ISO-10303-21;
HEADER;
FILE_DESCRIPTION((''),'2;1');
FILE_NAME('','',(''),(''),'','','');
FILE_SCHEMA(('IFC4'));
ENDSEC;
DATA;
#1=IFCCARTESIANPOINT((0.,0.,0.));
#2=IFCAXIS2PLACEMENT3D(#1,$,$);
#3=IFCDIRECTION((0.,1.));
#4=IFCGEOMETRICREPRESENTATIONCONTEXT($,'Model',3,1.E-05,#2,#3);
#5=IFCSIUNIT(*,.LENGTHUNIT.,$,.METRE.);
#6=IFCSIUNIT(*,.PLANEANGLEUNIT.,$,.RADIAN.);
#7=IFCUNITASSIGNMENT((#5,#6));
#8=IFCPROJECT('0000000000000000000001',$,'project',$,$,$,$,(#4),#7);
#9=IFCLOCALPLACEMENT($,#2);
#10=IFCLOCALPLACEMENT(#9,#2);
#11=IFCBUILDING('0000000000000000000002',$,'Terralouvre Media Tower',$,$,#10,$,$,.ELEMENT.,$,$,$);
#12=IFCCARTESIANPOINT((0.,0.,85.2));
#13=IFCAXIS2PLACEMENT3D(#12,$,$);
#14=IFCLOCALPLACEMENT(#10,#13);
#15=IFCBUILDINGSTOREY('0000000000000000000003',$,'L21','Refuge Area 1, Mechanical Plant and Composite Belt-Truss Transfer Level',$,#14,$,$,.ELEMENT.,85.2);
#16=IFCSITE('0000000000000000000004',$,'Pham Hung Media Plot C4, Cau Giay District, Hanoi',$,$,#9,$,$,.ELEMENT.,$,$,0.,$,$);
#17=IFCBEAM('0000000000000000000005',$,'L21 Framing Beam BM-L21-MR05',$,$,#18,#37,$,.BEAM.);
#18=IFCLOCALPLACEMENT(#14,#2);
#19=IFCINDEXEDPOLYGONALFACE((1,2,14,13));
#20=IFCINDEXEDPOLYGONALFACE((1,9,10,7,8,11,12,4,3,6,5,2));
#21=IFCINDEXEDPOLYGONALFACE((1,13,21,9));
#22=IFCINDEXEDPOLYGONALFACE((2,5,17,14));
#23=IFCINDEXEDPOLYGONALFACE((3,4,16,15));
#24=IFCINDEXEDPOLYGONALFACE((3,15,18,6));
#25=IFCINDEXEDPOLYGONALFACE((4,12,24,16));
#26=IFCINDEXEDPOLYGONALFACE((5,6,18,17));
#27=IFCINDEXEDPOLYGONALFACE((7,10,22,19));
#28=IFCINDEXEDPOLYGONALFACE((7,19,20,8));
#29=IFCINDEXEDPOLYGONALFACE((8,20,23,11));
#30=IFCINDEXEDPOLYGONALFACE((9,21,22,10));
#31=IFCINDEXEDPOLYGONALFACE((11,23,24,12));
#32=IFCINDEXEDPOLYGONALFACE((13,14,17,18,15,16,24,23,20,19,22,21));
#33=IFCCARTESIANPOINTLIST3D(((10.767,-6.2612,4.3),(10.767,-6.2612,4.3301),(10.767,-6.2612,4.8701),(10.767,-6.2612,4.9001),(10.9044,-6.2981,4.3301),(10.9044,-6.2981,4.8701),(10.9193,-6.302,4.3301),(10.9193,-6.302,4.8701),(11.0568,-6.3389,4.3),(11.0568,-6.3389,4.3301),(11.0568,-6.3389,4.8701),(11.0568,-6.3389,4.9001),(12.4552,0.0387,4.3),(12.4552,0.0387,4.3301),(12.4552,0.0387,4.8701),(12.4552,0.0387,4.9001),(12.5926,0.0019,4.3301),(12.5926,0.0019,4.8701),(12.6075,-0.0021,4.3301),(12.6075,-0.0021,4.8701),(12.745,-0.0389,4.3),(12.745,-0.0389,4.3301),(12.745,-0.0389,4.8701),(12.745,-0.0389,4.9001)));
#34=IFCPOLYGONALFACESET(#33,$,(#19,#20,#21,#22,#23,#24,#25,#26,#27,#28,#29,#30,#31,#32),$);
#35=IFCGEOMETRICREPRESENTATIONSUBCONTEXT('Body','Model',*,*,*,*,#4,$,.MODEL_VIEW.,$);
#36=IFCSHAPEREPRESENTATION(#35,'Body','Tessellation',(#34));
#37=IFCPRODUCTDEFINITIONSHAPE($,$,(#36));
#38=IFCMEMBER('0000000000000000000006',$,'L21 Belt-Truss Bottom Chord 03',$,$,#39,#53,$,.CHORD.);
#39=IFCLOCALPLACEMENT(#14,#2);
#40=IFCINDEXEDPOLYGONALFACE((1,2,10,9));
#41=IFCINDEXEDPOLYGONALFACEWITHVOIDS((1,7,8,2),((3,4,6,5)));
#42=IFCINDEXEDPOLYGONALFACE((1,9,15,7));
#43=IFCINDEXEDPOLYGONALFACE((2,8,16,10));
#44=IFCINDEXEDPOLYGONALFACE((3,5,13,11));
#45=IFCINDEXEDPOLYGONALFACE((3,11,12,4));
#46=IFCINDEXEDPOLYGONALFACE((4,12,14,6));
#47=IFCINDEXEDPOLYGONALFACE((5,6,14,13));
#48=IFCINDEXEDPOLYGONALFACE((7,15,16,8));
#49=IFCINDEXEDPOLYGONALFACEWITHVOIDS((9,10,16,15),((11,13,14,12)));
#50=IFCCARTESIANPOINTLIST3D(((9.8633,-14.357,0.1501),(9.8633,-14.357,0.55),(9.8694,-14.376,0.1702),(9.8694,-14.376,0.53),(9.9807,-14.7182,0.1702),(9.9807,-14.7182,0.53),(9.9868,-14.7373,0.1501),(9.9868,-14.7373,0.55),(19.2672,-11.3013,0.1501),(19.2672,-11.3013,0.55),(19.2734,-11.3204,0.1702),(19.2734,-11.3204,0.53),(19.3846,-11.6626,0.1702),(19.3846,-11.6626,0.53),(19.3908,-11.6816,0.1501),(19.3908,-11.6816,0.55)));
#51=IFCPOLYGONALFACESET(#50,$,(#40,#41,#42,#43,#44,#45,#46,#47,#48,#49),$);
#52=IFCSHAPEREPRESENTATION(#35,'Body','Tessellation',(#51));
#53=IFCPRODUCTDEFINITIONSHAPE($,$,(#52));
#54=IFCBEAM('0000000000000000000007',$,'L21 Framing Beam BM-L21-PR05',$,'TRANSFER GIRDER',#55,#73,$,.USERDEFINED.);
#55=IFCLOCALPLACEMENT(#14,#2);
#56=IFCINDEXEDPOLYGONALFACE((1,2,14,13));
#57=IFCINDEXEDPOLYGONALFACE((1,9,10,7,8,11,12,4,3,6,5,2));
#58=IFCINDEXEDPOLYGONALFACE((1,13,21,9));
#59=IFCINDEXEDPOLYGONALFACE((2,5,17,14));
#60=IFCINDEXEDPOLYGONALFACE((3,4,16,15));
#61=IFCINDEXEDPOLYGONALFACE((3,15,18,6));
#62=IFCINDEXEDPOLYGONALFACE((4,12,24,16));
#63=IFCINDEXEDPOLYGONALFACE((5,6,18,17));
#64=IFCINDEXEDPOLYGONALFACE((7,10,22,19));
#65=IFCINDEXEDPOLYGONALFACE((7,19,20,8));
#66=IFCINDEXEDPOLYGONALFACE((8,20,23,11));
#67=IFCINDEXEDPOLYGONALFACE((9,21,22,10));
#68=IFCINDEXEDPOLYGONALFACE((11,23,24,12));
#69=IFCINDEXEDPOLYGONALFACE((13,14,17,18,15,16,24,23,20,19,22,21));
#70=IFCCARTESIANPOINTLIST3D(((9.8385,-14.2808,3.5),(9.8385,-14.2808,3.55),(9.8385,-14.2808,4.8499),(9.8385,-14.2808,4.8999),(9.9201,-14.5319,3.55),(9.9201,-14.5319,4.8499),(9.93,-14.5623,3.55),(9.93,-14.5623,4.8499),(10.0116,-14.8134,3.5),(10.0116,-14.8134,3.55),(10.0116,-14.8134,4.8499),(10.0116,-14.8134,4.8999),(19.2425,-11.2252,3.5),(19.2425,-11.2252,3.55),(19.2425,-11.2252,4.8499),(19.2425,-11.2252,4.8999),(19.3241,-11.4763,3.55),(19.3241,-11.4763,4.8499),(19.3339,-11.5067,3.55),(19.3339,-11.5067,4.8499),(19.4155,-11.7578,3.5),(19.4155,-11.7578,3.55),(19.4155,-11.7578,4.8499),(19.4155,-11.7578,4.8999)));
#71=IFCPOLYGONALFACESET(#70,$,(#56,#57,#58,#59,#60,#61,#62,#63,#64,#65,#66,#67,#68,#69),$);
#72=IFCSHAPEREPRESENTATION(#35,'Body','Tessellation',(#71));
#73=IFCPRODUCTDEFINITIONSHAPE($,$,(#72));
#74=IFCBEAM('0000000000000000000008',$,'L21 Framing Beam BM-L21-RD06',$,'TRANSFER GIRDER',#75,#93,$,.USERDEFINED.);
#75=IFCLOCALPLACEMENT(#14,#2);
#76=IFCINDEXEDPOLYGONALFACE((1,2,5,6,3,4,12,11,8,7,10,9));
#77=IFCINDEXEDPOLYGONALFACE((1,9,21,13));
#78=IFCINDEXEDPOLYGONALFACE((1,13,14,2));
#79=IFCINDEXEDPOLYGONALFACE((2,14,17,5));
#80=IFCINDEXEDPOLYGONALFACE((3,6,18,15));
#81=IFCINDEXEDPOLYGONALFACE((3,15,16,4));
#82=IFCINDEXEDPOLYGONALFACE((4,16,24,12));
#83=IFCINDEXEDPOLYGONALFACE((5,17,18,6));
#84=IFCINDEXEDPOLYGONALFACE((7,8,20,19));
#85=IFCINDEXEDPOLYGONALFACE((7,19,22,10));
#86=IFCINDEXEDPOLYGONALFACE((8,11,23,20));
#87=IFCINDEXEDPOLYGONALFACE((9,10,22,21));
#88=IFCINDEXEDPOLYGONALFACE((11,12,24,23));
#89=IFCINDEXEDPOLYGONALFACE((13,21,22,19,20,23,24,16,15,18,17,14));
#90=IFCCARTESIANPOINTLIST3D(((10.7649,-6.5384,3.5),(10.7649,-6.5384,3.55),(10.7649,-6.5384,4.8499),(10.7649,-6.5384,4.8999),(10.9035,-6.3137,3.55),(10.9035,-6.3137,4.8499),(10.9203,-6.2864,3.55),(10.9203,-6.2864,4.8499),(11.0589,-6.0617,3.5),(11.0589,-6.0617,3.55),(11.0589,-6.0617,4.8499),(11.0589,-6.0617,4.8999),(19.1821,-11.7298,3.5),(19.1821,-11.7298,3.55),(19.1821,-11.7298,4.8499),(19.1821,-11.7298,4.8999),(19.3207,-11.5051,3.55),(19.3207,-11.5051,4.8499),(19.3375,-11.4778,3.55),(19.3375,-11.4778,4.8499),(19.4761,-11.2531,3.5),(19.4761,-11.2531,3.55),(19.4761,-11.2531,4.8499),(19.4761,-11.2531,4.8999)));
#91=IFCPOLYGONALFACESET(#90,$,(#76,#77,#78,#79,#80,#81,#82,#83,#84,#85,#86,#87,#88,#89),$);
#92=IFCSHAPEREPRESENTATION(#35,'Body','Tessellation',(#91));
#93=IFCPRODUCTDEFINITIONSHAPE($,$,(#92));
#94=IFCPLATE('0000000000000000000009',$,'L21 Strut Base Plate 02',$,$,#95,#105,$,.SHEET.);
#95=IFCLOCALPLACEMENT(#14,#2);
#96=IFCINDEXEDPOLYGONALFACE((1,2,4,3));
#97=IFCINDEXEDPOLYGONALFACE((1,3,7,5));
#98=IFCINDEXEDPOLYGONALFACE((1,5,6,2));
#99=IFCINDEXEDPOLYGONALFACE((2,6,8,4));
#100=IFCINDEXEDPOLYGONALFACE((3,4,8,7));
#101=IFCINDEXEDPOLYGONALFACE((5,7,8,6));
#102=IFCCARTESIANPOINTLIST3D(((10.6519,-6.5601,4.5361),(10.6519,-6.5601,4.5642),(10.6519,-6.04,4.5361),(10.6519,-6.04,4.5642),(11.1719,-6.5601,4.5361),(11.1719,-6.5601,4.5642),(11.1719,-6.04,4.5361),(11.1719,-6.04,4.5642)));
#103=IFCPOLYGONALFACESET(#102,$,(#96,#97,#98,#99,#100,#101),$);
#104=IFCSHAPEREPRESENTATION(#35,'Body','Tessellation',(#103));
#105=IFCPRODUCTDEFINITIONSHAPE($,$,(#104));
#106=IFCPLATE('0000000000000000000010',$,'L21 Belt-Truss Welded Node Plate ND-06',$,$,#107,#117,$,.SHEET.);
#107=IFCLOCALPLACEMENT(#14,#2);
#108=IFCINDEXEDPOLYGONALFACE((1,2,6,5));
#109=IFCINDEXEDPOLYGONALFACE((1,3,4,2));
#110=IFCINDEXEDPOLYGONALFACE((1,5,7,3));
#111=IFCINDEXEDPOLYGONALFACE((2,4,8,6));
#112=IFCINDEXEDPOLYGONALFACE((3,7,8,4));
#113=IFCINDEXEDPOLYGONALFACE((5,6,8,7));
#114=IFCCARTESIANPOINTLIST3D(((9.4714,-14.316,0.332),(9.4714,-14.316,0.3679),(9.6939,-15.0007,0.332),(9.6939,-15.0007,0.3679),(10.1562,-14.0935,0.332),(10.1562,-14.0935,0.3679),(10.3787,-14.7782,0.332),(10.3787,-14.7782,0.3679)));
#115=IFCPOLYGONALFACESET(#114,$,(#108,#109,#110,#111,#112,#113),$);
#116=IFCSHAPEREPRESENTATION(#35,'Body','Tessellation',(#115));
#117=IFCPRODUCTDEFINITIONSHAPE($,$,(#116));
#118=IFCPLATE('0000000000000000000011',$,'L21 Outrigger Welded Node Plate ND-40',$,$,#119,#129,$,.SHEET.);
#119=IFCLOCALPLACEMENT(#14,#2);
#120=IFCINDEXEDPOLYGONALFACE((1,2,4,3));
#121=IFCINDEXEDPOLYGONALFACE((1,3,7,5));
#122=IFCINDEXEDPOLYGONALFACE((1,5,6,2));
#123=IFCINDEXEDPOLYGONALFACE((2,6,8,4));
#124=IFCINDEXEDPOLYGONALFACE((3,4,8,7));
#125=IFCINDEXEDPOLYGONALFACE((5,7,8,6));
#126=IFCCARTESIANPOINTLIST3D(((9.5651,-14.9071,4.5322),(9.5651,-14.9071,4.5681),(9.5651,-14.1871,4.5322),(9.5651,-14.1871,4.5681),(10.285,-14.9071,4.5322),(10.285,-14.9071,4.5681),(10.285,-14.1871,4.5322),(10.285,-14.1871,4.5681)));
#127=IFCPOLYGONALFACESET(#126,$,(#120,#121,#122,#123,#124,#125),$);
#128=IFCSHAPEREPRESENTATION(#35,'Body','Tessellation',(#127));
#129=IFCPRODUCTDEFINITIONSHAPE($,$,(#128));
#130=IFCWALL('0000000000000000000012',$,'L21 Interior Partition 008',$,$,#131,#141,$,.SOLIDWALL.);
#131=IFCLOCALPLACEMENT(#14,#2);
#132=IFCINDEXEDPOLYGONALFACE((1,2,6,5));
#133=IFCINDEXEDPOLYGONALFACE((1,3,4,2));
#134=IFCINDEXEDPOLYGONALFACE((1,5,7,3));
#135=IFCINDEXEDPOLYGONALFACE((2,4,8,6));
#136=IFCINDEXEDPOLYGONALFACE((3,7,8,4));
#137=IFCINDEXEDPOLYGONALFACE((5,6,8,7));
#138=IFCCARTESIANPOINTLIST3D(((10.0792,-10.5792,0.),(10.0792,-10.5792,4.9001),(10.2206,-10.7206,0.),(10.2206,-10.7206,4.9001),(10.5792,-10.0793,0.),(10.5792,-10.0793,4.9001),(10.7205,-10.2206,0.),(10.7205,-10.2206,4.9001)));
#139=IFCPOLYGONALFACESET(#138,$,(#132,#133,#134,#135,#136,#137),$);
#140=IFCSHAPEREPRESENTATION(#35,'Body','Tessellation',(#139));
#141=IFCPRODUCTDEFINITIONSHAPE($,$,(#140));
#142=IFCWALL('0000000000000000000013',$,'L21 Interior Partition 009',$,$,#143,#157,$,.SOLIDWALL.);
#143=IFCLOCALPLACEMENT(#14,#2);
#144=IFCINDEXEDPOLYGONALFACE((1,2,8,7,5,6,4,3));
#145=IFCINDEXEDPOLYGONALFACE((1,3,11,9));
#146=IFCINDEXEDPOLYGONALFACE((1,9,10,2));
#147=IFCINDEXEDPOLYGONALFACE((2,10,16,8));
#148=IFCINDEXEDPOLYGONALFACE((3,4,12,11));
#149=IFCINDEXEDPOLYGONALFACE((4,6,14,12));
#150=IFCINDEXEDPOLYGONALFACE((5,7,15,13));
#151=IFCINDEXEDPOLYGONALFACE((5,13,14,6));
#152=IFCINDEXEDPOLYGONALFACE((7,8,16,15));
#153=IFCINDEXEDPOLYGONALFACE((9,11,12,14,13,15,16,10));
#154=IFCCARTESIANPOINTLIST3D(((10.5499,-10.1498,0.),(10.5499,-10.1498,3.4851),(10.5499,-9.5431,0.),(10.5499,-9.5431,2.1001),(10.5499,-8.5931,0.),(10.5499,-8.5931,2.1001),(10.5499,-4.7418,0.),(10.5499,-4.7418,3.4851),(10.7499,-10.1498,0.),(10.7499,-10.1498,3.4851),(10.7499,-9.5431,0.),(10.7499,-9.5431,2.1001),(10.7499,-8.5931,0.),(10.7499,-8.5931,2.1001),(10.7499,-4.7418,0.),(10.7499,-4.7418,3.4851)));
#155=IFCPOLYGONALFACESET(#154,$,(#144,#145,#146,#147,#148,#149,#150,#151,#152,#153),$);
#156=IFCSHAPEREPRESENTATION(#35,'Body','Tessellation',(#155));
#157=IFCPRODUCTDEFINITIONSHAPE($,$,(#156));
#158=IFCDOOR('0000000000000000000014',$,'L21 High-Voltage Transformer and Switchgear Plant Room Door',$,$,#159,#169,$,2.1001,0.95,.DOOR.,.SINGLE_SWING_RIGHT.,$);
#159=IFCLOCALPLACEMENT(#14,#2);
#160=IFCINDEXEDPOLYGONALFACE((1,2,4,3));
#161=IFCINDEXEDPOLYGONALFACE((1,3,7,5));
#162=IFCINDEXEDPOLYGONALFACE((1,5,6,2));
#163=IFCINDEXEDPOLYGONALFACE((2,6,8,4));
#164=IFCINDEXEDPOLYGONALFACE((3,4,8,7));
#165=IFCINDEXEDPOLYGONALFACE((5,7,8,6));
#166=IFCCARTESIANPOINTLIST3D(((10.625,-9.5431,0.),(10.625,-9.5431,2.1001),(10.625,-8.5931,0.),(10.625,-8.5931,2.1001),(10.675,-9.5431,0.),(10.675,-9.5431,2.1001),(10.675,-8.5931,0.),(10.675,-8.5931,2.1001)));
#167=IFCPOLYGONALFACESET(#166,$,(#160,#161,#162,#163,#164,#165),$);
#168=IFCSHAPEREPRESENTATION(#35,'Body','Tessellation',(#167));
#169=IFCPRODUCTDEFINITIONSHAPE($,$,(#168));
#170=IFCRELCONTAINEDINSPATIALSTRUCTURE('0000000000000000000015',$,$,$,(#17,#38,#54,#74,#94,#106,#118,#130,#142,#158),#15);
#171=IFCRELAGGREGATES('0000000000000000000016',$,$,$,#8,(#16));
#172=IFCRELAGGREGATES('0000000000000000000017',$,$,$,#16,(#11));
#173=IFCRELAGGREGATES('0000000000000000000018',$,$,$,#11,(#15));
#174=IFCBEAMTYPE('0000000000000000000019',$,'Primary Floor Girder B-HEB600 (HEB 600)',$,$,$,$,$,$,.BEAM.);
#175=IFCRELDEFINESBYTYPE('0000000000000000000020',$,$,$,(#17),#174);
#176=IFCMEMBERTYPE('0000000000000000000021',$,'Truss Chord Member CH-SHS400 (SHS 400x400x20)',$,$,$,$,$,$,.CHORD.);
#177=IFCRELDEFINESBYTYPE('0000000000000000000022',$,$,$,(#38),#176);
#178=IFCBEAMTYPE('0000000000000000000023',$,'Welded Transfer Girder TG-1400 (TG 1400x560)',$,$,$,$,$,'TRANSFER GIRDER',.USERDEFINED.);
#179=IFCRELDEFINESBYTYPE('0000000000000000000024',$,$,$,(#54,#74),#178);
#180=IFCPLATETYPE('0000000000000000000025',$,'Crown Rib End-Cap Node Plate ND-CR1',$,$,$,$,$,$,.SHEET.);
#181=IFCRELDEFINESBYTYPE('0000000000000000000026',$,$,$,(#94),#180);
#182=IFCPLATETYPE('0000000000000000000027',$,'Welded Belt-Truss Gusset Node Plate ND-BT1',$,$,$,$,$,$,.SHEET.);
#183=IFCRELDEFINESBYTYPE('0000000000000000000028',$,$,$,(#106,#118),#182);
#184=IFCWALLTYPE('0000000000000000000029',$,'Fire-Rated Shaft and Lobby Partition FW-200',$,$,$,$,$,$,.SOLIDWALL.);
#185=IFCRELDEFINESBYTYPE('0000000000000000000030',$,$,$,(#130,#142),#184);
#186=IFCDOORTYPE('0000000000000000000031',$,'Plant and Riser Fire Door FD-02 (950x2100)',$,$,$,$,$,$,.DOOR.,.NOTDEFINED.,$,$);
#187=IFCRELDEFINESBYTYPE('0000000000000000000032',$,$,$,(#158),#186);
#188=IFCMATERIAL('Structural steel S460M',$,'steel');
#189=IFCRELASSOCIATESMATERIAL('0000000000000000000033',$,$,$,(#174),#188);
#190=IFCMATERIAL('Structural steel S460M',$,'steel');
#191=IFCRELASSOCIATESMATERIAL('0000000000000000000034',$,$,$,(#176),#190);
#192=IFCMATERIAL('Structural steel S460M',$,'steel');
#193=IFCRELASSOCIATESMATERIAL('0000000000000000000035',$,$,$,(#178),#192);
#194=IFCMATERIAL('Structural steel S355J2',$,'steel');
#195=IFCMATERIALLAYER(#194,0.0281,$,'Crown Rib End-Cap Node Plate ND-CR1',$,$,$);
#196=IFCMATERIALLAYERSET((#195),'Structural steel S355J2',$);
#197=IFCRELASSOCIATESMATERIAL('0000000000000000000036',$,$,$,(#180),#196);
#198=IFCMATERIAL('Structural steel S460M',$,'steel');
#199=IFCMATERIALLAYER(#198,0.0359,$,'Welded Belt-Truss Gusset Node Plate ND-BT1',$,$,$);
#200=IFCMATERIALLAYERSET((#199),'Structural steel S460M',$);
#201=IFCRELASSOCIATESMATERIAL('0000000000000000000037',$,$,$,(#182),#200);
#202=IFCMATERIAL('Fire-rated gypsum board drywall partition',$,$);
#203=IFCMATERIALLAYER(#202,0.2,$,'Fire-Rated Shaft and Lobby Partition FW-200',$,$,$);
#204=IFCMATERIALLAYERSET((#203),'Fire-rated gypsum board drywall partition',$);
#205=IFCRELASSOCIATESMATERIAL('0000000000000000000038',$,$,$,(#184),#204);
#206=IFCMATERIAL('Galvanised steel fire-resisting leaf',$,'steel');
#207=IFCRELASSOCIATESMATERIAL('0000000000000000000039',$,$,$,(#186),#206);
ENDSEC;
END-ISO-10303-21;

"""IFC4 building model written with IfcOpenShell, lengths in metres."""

from ifc_helpers import new_model, si_unit, direction, frame, frame_2d, origin, origin_2d, place, context, subcontext, project, spatial, rectangle, hollow_rectangle, i_section, extrude, material, layer, layer_set, material_profile, profile_set, type_object, element, fill, save


model = new_model("IFC4")

# Units and contexts
model_context = context("Model", 3, precision=1e-05, world=origin(), true_north=direction((0.0, 1.0)))
body_context = subcontext(model_context, "Body", "Model", "MODEL_VIEW")
ifc_project = project(units=[si_unit("LENGTHUNIT", "METRE"), si_unit("PLANEANGLEUNIT", "RADIAN")], contexts=[model_context])

# Site, building, storey
site_placement = place(None, origin())
site = spatial("IfcSite", under=ifc_project, at=site_placement, Name="Pham Hung Media Plot C4, Cau Giay District, Hanoi", CompositionType="ELEMENT", RefElevation=0.0)
building_placement = place(site_placement, origin())
building = spatial("IfcBuilding", under=site, at=building_placement, Name="Terralouvre Media Tower", CompositionType="ELEMENT")
storey_placement = place(building_placement, frame((0.0, 0.0, 85.2)))
storey = spatial("IfcBuildingStorey", under=building, at=storey_placement, Name="L21", Description="Refuge Area 1, Mechanical Plant and Composite Belt-Truss Transfer Level", CompositionType="ELEMENT", Elevation=85.2)

# Beam
ifc_material_1 = material(Name="Structural steel S460M", Category="steel")
ifc_material_profile_1 = material_profile(ifc_material_1, i_section(OverallWidth=0.3, OverallDepth=0.6001, WebThickness=0.0154, FlangeThickness=0.03, at=origin_2d()), Name="HEB 600")
ifc_profile_set_1 = profile_set([ifc_material_profile_1], Name="Structural steel S460M")
beam_type_1 = type_object("IfcBeamType", Name="Primary Floor Girder B-HEB600 (HEB 600)", PredefinedType="BEAM", material=ifc_profile_set_1)
beam_1_placement = place(storey_placement, frame((10.9119, -6.3, 4.6001), z_axis=(0.258839, 0.96592, 0.0), x_axis=(-0.96592, 0.258839, 0.0)))
element("IfcBeam", 1, at=beam_1_placement, inside=storey, type_object=beam_type_1, Name="L21 Framing Beam BM-L21-MR05", PredefinedType="BEAM", context=body_context, shape_type="SweptSolid", body=[
    extrude(i_section(OverallWidth=0.3, OverallDepth=0.6001, WebThickness=0.0154, FlangeThickness=0.03, at=origin_2d()), origin(), (0.0, 0.0, 1.0), 6.5222),
])

# Member
ifc_material_2 = material(Name="Structural steel S460M", Category="steel")
ifc_material_profile_2 = material_profile(ifc_material_2, hollow_rectangle(XDim=0.3999, YDim=0.3999, WallThickness=0.02, at=origin_2d()), Name="SHS 400x400x20")
ifc_profile_set_2 = profile_set([ifc_material_profile_2], Name="Structural steel S460M")
member_type_1 = type_object("IfcMemberType", Name="Truss Chord Member CH-SHS400 (SHS 400x400x20)", PredefinedType="CHORD", material=ifc_profile_set_2)
member_1_placement = place(storey_placement, frame((9.925, -14.5471, 0.3501), z_axis=(0.951053, 0.309026, 0.0), x_axis=(-0.309026, 0.951053, 0.0)))
element("IfcMember", 2, at=member_1_placement, inside=storey, type_object=member_type_1, Name="L21 Belt-Truss Bottom Chord 03", PredefinedType="CHORD", context=body_context, shape_type="SweptSolid", body=[
    extrude(hollow_rectangle(XDim=0.3999, YDim=0.3999, WallThickness=0.02, at=origin_2d()), origin(), (0.0, 0.0, 1.0), 9.8879),
])

# Beams
ifc_material_3 = material(Name="Structural steel S460M", Category="steel")
ifc_material_profile_3 = material_profile(ifc_material_3, i_section(OverallWidth=0.5601, OverallDepth=1.3999, WebThickness=0.032, FlangeThickness=0.05, at=origin_2d()), Name="TG 1400x560")
ifc_profile_set_3 = profile_set([ifc_material_profile_3], Name="Structural steel S460M")
beam_type_2 = type_object("IfcBeamType", Name="Welded Transfer Girder TG-1400 (TG 1400x560)", ElementType="TRANSFER GIRDER", PredefinedType="USERDEFINED", material=ifc_profile_set_3)
beam_2_placement = place(storey_placement, frame((9.925, -14.5471, 4.2), z_axis=(0.951053, 0.309026, 0.0), x_axis=(-0.309026, 0.951053, 0.0)))
element("IfcBeam", 3, at=beam_2_placement, inside=storey, type_object=beam_type_2, Name="L21 Framing Beam BM-L21-PR05", ObjectType="TRANSFER GIRDER", PredefinedType="USERDEFINED", context=body_context, shape_type="SweptSolid", body=[
    extrude(i_section(OverallWidth=0.5601, OverallDepth=1.3999, WebThickness=0.032, FlangeThickness=0.05, at=origin_2d()), origin(), (0.0, 0.0, 1.0), 9.8879),
])
beam_3_placement = place(storey_placement, frame((10.9119, -6.3, 4.2), z_axis=(0.851136, -0.524946, 0.0), x_axis=(0.524946, 0.851136, 0.0)))
element("IfcBeam", 4, at=beam_3_placement, inside=storey, type_object=beam_type_2, Name="L21 Framing Beam BM-L21-RD06", ObjectType="TRANSFER GIRDER", PredefinedType="USERDEFINED", context=body_context, shape_type="SweptSolid", body=[
    extrude(i_section(OverallWidth=0.5601, OverallDepth=1.3999, WebThickness=0.032, FlangeThickness=0.05, at=origin_2d()), origin(), (0.0, 0.0, 1.0), 9.8894),
])

# Plates
ifc_material_4 = material(Name="Structural steel S355J2", Category="steel")
ifc_layer_1 = layer(ifc_material_4, 0.0281, Name="Crown Rib End-Cap Node Plate ND-CR1")
ifc_layer_set_1 = layer_set([ifc_layer_1], Name="Structural steel S355J2")
plate_type_1 = type_object("IfcPlateType", Name="Crown Rib End-Cap Node Plate ND-CR1", PredefinedType="SHEET", material=ifc_layer_set_1)
plate_placement = place(storey_placement, frame((10.9119, -6.3, 4.5361), z_axis=(0.0, 0.0, 1.0), x_axis=(1.0, 0.0, 0.0)))
element("IfcPlate", 5, at=plate_placement, inside=storey, type_object=plate_type_1, Name="L21 Strut Base Plate 02", PredefinedType="SHEET", context=body_context, shape_type="SweptSolid", body=[
    extrude(rectangle(XDim=0.52, YDim=0.52, at=origin_2d()), origin(), (0.0, 0.0, 1.0), 0.0281),
])
ifc_material_5 = material(Name="Structural steel S460M", Category="steel")
ifc_layer_2 = layer(ifc_material_5, 0.0359, Name="Welded Belt-Truss Gusset Node Plate ND-BT1")
ifc_layer_set_2 = layer_set([ifc_layer_2], Name="Structural steel S460M")
plate_type_2 = type_object("IfcPlateType", Name="Welded Belt-Truss Gusset Node Plate ND-BT1", PredefinedType="SHEET", material=ifc_layer_set_2)
for number, where, z_axis, x_axis, name in (
    (6, (9.925, -14.5471, 0.332), (0.0, 0.0, 1.0), (0.951057, 0.309017, 0.0), "L21 Belt-Truss Welded Node Plate ND-06"),
    (7, (9.925, -14.5471, 4.5322), (0.0, 0.0, 1.0), (1.0, 0.0, 0.0), "L21 Outrigger Welded Node Plate ND-40"),
):
    element("IfcPlate", number, at=place(storey_placement, frame(where, z_axis=z_axis, x_axis=x_axis)), inside=storey, type_object=plate_type_2, Name=name, PredefinedType="SHEET", context=body_context, shape_type="SweptSolid", body=[
        extrude(rectangle(XDim=0.72, YDim=0.72, at=origin_2d()), origin(), (0.0, 0.0, 1.0), 0.0359),
    ])

# Wall
ifc_material_6 = material(Name="Fire-rated gypsum board drywall partition")
ifc_layer_3 = layer(ifc_material_6, 0.2, Name="Fire-Rated Shaft and Lobby Partition FW-200")
ifc_layer_set_3 = layer_set([ifc_layer_3], Name="Fire-rated gypsum board drywall partition")
wall_type = type_object("IfcWallType", Name="Fire-Rated Shaft and Lobby Partition FW-200", PredefinedType="SOLIDWALL", material=ifc_layer_set_3)
wall_1_placement = place(storey_placement, frame((10.1499, -10.6499, 0.0), z_axis=(0.0, 0.0, 1.0), x_axis=(0.707107, 0.707107, 0.0)))
element("IfcWall", 8, at=wall_1_placement, inside=storey, type_object=wall_type, Name="L21 Interior Partition 008", PredefinedType="SOLIDWALL", context=body_context, shape_type="SweptSolid", body=[
    extrude(rectangle(XDim=0.707, YDim=0.2, at=frame_2d((0.3535, 0.0))), origin(), (0.0, 0.0, 1.0), 4.9001),
])

# Wall, opening, door
wall_2_placement = place(storey_placement, frame((10.6499, -10.1499, 0.0), z_axis=(0.0, 0.0, 1.0), x_axis=(0.0, 1.0, 0.0)))
wall_2 = element("IfcWall", 9, at=wall_2_placement, inside=storey, type_object=wall_type, Name="L21 Interior Partition 009", PredefinedType="SOLIDWALL", context=body_context, shape_type="SweptSolid", body=[
    extrude(rectangle(XDim=5.408, YDim=0.2, at=frame_2d((2.7041, 0.0))), origin(), (0.0, 0.0, 1.0), 3.4851),
])
opening_1_placement = place(wall_2_placement, frame((0.6067, 0.0, 0.0)))
opening_1 = element("IfcOpeningElement", 10, at=opening_1_placement, cuts=wall_2, PredefinedType="OPENING", context=body_context, shape_type="SweptSolid", body=[
    extrude(rectangle(XDim=0.95, YDim=2.1001, at=frame_2d((0.4751, 1.05))), frame((0.0, 0.1099, 0.0), z_axis=(0.0, -1.0, 0.0), x_axis=(1.0, 0.0, 0.0)), (0.0, 0.0, 1.0), 0.22),
])
ifc_material_7 = material(Name="Galvanised steel fire-resisting leaf", Category="steel")
door_type = type_object("IfcDoorType", Name="Plant and Riser Fire Door FD-02 (950x2100)", OperationType="NOTDEFINED", PredefinedType="DOOR", material=ifc_material_7)
door_1_placement = place(opening_1_placement, origin())
door_1 = element("IfcDoor", 11, at=door_1_placement, inside=storey, type_object=door_type, Name="L21 High-Voltage Transformer and Switchgear Plant Room Door", OperationType="SINGLE_SWING_RIGHT", OverallHeight=2.1001, OverallWidth=0.95, PredefinedType="DOOR", context=body_context, shape_type="SweptSolid", body=[
    extrude(rectangle(XDim=0.95, YDim=2.1001, at=frame_2d((0.4751, 1.05))), frame((0.0, 0.0249, 0.0), z_axis=(0.0, -1.0, 0.0), x_axis=(1.0, 0.0, 0.0)), (0.0, 0.0, 1.0), 0.05),
])
fill(opening_1, door_1)

save(model, "model.ifc")
